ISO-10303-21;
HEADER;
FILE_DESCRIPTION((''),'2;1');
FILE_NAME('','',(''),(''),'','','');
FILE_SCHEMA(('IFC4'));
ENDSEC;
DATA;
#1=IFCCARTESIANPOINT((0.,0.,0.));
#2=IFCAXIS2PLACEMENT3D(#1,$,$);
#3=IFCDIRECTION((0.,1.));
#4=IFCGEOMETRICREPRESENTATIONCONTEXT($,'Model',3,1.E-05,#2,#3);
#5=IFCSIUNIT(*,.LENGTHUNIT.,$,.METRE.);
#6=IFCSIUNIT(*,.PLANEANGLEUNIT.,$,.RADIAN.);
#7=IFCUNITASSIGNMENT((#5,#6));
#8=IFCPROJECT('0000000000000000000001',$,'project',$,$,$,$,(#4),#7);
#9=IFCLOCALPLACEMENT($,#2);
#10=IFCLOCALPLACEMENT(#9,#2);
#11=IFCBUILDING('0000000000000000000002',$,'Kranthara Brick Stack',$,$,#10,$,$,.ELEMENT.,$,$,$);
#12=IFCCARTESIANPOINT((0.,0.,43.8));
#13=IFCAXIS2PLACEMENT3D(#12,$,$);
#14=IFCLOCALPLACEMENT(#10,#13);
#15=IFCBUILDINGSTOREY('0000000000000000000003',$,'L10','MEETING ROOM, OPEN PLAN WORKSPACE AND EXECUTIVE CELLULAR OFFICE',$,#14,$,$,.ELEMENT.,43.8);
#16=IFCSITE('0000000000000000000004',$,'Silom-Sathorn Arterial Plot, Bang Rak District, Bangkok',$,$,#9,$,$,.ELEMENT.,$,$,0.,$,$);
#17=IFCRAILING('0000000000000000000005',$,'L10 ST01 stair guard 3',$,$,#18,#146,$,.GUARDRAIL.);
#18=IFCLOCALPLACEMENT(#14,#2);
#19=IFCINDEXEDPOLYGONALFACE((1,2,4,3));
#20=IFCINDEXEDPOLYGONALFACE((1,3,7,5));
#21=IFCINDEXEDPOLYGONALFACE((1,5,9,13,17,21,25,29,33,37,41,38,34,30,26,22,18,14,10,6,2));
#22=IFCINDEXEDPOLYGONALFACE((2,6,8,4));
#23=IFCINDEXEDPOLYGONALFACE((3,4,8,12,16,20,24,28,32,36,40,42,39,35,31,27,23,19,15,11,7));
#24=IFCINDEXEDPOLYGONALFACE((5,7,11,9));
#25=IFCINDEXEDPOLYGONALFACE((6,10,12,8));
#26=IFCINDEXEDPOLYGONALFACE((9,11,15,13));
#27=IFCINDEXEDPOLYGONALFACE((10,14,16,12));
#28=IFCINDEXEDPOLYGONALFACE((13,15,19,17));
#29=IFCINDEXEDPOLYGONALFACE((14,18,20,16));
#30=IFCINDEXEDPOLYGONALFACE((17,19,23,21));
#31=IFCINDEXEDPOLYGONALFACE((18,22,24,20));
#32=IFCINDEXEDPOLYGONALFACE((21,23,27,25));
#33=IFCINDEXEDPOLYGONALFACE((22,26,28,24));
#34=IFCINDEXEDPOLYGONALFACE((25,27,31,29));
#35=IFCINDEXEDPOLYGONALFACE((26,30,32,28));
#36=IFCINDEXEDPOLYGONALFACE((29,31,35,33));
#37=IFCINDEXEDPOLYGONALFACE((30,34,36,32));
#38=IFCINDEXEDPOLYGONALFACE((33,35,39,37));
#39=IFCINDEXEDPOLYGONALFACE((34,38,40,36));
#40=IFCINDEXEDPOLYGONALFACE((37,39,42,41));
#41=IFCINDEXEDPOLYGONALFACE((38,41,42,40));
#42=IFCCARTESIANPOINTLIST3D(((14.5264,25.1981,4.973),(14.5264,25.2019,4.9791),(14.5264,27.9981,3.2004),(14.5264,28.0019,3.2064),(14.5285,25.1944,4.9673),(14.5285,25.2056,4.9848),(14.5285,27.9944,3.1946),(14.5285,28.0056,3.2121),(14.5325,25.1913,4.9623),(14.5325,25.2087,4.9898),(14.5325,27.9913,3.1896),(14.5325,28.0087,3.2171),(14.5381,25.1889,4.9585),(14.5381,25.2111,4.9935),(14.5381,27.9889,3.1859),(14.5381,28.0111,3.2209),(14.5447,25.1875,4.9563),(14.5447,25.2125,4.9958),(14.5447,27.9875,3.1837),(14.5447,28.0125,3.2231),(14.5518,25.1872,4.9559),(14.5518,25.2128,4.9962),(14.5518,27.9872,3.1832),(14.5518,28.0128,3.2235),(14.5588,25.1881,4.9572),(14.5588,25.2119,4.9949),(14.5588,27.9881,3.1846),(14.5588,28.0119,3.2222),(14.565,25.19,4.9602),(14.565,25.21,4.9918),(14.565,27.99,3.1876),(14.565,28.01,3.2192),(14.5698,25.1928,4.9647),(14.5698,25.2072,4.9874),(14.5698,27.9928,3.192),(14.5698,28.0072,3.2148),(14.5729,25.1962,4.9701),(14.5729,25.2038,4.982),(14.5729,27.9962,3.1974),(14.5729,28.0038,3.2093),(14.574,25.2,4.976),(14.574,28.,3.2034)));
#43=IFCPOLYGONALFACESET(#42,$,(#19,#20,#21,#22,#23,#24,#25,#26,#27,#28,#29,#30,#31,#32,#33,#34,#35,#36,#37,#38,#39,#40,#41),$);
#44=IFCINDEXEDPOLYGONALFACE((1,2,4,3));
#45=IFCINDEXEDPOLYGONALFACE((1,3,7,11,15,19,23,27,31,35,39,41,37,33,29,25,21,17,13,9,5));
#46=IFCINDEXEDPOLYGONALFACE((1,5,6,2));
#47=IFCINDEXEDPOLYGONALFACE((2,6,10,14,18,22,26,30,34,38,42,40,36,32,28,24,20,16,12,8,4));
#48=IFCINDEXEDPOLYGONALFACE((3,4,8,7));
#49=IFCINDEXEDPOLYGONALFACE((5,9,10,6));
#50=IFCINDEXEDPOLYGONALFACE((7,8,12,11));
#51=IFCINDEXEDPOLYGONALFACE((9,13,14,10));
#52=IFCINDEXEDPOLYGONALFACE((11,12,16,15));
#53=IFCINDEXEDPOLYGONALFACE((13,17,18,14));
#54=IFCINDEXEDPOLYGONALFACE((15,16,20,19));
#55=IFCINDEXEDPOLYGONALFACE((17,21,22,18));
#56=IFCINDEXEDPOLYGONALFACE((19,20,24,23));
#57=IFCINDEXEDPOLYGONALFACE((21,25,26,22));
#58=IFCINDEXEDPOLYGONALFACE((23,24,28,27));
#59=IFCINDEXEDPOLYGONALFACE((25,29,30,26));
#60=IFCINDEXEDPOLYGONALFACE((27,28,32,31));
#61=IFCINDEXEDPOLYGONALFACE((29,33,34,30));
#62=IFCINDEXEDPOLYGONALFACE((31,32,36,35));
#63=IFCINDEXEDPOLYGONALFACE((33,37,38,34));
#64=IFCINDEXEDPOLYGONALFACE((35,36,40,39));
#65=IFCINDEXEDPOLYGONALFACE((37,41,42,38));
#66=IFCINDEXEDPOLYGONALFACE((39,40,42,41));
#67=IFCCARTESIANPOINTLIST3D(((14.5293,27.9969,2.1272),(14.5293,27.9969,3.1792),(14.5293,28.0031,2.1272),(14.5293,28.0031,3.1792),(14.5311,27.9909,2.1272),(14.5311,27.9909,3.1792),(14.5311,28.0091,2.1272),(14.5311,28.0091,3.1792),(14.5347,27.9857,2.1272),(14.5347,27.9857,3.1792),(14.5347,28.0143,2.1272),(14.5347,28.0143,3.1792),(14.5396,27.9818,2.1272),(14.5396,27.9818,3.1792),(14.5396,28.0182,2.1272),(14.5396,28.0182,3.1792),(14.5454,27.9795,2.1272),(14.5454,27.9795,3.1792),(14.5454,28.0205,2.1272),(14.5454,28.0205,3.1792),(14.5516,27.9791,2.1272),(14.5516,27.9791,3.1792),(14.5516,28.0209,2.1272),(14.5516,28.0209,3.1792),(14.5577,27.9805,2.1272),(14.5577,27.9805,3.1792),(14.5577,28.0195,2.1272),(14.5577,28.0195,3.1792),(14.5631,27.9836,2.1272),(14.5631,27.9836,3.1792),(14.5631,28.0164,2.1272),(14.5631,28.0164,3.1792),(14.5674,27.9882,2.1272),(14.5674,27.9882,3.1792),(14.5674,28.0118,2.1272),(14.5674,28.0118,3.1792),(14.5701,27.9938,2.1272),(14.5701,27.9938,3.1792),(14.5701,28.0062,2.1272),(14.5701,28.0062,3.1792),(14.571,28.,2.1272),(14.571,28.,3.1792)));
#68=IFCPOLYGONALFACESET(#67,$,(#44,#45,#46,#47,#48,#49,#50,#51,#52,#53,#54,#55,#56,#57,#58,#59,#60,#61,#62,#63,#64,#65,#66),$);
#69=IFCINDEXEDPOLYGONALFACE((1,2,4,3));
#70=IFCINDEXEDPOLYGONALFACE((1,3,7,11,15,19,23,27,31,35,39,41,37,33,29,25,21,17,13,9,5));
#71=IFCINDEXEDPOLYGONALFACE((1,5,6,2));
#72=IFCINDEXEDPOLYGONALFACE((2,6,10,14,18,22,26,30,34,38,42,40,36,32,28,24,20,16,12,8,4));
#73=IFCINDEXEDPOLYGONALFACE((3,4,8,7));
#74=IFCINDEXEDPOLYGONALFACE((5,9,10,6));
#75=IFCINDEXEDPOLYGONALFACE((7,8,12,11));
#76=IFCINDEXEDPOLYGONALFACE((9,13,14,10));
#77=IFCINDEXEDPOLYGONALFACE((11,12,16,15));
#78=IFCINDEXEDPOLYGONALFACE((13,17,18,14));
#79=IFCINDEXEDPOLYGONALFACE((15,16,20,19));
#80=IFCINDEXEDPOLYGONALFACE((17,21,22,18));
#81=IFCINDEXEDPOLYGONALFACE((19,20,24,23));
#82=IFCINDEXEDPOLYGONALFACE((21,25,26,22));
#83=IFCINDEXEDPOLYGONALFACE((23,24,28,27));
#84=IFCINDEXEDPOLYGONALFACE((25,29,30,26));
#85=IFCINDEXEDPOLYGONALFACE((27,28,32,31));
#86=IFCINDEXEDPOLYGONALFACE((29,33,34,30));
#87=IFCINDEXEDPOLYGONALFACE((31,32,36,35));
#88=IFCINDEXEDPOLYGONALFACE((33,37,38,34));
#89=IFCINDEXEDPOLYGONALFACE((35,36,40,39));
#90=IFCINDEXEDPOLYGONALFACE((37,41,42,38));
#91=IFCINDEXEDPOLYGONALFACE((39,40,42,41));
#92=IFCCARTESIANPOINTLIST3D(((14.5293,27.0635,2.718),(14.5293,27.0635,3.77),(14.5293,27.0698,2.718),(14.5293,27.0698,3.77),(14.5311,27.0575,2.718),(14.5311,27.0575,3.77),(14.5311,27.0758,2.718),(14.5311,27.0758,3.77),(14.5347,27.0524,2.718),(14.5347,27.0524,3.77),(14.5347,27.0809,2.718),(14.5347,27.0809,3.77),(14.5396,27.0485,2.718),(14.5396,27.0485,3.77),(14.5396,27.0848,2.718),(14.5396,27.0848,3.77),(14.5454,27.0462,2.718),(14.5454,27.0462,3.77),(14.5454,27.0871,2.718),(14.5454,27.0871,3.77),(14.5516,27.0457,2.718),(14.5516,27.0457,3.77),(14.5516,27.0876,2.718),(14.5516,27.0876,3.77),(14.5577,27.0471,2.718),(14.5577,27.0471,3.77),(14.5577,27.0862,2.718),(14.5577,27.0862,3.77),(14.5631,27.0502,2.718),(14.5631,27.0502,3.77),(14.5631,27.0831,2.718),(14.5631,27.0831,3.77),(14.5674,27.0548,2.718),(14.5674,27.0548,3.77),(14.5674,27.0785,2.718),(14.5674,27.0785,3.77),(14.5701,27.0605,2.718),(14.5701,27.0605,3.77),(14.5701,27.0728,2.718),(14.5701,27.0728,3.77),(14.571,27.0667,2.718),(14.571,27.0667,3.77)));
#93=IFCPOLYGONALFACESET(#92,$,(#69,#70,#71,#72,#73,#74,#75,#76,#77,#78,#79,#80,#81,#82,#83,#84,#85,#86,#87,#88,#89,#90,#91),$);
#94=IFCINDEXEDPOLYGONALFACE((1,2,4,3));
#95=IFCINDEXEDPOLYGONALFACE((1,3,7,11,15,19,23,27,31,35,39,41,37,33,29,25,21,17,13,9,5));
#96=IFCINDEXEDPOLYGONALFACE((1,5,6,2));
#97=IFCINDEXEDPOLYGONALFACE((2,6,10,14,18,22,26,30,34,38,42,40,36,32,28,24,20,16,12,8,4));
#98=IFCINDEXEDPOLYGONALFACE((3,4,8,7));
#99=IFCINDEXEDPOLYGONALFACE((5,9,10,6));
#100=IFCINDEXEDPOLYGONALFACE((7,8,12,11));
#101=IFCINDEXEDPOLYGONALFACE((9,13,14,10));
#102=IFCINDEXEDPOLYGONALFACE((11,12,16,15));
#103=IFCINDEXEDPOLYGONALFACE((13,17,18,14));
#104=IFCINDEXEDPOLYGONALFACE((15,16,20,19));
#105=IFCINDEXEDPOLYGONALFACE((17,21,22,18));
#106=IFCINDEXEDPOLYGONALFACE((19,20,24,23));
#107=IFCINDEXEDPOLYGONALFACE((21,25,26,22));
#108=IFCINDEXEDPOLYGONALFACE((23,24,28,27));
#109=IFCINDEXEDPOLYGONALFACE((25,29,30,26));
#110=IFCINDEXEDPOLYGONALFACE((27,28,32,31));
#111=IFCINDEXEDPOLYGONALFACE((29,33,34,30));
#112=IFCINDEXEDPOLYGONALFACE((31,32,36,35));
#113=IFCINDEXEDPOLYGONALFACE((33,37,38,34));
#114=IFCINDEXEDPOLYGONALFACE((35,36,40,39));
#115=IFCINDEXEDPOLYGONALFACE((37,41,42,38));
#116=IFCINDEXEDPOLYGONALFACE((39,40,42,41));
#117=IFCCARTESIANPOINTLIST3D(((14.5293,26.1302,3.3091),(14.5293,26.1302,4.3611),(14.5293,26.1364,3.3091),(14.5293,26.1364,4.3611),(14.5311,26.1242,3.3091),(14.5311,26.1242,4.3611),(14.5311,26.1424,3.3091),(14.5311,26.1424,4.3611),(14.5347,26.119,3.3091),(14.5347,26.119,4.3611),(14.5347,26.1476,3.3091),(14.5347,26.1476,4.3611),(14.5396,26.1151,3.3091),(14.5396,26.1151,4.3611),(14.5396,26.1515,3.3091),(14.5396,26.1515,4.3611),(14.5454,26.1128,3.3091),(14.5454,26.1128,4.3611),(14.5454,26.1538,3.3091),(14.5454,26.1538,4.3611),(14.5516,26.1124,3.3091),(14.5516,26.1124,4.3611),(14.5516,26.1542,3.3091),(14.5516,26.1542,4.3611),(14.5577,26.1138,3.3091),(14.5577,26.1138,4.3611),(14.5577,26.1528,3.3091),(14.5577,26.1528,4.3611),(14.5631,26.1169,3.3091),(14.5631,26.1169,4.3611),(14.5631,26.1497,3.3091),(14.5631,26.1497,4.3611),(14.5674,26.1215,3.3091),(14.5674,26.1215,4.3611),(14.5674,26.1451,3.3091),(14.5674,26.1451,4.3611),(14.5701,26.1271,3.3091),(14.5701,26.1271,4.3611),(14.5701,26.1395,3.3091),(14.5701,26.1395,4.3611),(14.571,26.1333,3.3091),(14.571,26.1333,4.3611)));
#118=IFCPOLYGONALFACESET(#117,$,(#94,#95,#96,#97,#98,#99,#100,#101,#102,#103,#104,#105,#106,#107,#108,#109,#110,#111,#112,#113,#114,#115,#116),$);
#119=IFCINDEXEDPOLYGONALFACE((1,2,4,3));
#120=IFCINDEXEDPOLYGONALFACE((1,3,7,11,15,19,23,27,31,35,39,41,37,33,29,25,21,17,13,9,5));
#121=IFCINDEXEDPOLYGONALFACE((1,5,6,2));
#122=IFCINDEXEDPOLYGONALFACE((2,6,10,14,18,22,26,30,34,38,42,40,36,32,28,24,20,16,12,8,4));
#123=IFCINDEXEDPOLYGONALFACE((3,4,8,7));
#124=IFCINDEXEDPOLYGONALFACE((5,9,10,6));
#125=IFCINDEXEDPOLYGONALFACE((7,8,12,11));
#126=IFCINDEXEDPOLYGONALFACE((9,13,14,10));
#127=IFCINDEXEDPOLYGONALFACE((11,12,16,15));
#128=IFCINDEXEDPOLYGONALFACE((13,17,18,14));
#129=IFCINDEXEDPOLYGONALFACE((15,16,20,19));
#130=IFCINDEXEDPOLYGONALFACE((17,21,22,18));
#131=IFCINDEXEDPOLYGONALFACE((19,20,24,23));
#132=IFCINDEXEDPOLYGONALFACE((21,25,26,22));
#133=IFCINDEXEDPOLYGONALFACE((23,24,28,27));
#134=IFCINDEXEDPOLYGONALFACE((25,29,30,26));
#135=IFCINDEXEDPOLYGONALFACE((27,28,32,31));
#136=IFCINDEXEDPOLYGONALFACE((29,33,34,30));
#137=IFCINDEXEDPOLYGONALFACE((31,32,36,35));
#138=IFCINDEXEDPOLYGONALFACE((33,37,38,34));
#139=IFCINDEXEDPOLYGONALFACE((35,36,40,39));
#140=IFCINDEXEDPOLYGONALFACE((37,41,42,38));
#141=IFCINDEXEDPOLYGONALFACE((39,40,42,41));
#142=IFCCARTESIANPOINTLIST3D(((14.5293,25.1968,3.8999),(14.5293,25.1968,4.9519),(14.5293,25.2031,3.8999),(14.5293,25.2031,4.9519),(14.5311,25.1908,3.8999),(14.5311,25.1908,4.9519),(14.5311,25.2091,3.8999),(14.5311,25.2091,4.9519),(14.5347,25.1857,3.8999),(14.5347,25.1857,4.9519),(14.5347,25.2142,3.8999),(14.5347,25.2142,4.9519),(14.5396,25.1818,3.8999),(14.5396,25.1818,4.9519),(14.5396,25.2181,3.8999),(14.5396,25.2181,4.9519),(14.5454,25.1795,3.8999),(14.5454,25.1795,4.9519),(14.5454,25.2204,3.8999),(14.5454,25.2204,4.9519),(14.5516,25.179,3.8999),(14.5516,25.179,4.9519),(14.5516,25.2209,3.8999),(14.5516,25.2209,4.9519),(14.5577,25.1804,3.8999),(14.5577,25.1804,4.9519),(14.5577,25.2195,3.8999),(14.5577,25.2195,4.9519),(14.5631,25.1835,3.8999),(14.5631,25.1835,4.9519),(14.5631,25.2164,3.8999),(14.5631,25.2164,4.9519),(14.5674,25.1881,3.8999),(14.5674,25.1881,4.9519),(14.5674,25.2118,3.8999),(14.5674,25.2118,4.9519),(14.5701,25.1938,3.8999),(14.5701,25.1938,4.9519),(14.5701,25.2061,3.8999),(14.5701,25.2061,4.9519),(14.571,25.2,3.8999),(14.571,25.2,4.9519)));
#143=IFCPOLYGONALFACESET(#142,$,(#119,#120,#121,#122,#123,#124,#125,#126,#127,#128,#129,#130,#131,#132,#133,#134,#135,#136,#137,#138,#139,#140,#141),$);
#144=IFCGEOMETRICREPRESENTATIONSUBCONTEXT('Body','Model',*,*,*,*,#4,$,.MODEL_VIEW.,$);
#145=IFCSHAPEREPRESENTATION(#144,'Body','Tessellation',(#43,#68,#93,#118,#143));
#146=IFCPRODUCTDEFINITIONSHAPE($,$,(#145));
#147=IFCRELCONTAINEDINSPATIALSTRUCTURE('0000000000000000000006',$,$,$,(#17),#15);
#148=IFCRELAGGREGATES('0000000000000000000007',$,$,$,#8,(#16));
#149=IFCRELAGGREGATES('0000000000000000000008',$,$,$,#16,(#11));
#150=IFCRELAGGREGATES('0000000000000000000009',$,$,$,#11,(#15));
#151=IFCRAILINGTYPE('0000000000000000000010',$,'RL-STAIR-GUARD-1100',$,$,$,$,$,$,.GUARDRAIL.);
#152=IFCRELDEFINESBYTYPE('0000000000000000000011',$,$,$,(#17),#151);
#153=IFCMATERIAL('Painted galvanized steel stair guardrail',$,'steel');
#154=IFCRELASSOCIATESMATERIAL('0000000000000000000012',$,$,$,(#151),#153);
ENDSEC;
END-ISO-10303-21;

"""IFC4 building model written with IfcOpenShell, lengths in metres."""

from ifc_helpers import new_model, si_unit, direction, frame, origin, origin_2d, place, context, subcontext, project, spatial, circle, extrude, material, type_object, element, save


model = new_model("IFC4")

# Units and contexts
model_context = context("Model", 3, precision=1e-05, world=origin(), true_north=direction((0.0, 1.0)))
body_context = subcontext(model_context, "Body", "Model", "MODEL_VIEW")
ifc_project = project(units=[si_unit("LENGTHUNIT", "METRE"), si_unit("PLANEANGLEUNIT", "RADIAN")], contexts=[model_context])

# Site, building, storey
site_placement = place(None, origin())
site = spatial("IfcSite", under=ifc_project, at=site_placement, Name="Silom-Sathorn Arterial Plot, Bang Rak District, Bangkok", CompositionType="ELEMENT", RefElevation=0.0)
building_placement = place(site_placement, origin())
building = spatial("IfcBuilding", under=site, at=building_placement, Name="Kranthara Brick Stack", CompositionType="ELEMENT")
storey_placement = place(building_placement, frame((0.0, 0.0, 43.8)))
storey = spatial("IfcBuildingStorey", under=building, at=storey_placement, Name="L10", Description="MEETING ROOM, OPEN PLAN WORKSPACE AND EXECUTIVE CELLULAR OFFICE", CompositionType="ELEMENT", Elevation=43.8)

# Railing
ifc_material_1 = material(Name="Painted galvanized steel stair guardrail", Category="steel")
railing_type_1 = type_object("IfcRailingType", Name="RL-STAIR-GUARD-1100", PredefinedType="GUARDRAIL", material=ifc_material_1)
railing_1_placement = place(storey_placement, frame((14.55, 28.0, 2.1272)))
element("IfcRailing", 1, at=railing_1_placement, inside=storey, type_object=railing_type_1, Name="L10 ST01 stair guard 3", PredefinedType="GUARDRAIL", context=body_context, shape_type="SweptSolid", body=[
    extrude(circle(Radius=0.0239, at=origin_2d()), frame((0.0, 0.0, 1.0762), z_axis=(0.0, -0.844909, 0.53491), x_axis=(1.0, 0.0, 0.0)), (0.0, 0.0, 1.0), 3.314),
    extrude(circle(Radius=0.021, at=origin_2d()), origin(), (0.0, 0.0, 1.0), 1.052),
    extrude(circle(Radius=0.021, at=origin_2d()), frame((0.0, -0.9333, 0.5908)), (0.0, 0.0, 1.0), 1.052),
    extrude(circle(Radius=0.021, at=origin_2d()), frame((0.0, -1.8667, 1.1819)), (0.0, 0.0, 1.0), 1.052),
    extrude(circle(Radius=0.021, at=origin_2d()), frame((0.0, -2.8, 1.7727)), (0.0, 0.0, 1.0), 1.052),
])

save(model, "model.ifc")
